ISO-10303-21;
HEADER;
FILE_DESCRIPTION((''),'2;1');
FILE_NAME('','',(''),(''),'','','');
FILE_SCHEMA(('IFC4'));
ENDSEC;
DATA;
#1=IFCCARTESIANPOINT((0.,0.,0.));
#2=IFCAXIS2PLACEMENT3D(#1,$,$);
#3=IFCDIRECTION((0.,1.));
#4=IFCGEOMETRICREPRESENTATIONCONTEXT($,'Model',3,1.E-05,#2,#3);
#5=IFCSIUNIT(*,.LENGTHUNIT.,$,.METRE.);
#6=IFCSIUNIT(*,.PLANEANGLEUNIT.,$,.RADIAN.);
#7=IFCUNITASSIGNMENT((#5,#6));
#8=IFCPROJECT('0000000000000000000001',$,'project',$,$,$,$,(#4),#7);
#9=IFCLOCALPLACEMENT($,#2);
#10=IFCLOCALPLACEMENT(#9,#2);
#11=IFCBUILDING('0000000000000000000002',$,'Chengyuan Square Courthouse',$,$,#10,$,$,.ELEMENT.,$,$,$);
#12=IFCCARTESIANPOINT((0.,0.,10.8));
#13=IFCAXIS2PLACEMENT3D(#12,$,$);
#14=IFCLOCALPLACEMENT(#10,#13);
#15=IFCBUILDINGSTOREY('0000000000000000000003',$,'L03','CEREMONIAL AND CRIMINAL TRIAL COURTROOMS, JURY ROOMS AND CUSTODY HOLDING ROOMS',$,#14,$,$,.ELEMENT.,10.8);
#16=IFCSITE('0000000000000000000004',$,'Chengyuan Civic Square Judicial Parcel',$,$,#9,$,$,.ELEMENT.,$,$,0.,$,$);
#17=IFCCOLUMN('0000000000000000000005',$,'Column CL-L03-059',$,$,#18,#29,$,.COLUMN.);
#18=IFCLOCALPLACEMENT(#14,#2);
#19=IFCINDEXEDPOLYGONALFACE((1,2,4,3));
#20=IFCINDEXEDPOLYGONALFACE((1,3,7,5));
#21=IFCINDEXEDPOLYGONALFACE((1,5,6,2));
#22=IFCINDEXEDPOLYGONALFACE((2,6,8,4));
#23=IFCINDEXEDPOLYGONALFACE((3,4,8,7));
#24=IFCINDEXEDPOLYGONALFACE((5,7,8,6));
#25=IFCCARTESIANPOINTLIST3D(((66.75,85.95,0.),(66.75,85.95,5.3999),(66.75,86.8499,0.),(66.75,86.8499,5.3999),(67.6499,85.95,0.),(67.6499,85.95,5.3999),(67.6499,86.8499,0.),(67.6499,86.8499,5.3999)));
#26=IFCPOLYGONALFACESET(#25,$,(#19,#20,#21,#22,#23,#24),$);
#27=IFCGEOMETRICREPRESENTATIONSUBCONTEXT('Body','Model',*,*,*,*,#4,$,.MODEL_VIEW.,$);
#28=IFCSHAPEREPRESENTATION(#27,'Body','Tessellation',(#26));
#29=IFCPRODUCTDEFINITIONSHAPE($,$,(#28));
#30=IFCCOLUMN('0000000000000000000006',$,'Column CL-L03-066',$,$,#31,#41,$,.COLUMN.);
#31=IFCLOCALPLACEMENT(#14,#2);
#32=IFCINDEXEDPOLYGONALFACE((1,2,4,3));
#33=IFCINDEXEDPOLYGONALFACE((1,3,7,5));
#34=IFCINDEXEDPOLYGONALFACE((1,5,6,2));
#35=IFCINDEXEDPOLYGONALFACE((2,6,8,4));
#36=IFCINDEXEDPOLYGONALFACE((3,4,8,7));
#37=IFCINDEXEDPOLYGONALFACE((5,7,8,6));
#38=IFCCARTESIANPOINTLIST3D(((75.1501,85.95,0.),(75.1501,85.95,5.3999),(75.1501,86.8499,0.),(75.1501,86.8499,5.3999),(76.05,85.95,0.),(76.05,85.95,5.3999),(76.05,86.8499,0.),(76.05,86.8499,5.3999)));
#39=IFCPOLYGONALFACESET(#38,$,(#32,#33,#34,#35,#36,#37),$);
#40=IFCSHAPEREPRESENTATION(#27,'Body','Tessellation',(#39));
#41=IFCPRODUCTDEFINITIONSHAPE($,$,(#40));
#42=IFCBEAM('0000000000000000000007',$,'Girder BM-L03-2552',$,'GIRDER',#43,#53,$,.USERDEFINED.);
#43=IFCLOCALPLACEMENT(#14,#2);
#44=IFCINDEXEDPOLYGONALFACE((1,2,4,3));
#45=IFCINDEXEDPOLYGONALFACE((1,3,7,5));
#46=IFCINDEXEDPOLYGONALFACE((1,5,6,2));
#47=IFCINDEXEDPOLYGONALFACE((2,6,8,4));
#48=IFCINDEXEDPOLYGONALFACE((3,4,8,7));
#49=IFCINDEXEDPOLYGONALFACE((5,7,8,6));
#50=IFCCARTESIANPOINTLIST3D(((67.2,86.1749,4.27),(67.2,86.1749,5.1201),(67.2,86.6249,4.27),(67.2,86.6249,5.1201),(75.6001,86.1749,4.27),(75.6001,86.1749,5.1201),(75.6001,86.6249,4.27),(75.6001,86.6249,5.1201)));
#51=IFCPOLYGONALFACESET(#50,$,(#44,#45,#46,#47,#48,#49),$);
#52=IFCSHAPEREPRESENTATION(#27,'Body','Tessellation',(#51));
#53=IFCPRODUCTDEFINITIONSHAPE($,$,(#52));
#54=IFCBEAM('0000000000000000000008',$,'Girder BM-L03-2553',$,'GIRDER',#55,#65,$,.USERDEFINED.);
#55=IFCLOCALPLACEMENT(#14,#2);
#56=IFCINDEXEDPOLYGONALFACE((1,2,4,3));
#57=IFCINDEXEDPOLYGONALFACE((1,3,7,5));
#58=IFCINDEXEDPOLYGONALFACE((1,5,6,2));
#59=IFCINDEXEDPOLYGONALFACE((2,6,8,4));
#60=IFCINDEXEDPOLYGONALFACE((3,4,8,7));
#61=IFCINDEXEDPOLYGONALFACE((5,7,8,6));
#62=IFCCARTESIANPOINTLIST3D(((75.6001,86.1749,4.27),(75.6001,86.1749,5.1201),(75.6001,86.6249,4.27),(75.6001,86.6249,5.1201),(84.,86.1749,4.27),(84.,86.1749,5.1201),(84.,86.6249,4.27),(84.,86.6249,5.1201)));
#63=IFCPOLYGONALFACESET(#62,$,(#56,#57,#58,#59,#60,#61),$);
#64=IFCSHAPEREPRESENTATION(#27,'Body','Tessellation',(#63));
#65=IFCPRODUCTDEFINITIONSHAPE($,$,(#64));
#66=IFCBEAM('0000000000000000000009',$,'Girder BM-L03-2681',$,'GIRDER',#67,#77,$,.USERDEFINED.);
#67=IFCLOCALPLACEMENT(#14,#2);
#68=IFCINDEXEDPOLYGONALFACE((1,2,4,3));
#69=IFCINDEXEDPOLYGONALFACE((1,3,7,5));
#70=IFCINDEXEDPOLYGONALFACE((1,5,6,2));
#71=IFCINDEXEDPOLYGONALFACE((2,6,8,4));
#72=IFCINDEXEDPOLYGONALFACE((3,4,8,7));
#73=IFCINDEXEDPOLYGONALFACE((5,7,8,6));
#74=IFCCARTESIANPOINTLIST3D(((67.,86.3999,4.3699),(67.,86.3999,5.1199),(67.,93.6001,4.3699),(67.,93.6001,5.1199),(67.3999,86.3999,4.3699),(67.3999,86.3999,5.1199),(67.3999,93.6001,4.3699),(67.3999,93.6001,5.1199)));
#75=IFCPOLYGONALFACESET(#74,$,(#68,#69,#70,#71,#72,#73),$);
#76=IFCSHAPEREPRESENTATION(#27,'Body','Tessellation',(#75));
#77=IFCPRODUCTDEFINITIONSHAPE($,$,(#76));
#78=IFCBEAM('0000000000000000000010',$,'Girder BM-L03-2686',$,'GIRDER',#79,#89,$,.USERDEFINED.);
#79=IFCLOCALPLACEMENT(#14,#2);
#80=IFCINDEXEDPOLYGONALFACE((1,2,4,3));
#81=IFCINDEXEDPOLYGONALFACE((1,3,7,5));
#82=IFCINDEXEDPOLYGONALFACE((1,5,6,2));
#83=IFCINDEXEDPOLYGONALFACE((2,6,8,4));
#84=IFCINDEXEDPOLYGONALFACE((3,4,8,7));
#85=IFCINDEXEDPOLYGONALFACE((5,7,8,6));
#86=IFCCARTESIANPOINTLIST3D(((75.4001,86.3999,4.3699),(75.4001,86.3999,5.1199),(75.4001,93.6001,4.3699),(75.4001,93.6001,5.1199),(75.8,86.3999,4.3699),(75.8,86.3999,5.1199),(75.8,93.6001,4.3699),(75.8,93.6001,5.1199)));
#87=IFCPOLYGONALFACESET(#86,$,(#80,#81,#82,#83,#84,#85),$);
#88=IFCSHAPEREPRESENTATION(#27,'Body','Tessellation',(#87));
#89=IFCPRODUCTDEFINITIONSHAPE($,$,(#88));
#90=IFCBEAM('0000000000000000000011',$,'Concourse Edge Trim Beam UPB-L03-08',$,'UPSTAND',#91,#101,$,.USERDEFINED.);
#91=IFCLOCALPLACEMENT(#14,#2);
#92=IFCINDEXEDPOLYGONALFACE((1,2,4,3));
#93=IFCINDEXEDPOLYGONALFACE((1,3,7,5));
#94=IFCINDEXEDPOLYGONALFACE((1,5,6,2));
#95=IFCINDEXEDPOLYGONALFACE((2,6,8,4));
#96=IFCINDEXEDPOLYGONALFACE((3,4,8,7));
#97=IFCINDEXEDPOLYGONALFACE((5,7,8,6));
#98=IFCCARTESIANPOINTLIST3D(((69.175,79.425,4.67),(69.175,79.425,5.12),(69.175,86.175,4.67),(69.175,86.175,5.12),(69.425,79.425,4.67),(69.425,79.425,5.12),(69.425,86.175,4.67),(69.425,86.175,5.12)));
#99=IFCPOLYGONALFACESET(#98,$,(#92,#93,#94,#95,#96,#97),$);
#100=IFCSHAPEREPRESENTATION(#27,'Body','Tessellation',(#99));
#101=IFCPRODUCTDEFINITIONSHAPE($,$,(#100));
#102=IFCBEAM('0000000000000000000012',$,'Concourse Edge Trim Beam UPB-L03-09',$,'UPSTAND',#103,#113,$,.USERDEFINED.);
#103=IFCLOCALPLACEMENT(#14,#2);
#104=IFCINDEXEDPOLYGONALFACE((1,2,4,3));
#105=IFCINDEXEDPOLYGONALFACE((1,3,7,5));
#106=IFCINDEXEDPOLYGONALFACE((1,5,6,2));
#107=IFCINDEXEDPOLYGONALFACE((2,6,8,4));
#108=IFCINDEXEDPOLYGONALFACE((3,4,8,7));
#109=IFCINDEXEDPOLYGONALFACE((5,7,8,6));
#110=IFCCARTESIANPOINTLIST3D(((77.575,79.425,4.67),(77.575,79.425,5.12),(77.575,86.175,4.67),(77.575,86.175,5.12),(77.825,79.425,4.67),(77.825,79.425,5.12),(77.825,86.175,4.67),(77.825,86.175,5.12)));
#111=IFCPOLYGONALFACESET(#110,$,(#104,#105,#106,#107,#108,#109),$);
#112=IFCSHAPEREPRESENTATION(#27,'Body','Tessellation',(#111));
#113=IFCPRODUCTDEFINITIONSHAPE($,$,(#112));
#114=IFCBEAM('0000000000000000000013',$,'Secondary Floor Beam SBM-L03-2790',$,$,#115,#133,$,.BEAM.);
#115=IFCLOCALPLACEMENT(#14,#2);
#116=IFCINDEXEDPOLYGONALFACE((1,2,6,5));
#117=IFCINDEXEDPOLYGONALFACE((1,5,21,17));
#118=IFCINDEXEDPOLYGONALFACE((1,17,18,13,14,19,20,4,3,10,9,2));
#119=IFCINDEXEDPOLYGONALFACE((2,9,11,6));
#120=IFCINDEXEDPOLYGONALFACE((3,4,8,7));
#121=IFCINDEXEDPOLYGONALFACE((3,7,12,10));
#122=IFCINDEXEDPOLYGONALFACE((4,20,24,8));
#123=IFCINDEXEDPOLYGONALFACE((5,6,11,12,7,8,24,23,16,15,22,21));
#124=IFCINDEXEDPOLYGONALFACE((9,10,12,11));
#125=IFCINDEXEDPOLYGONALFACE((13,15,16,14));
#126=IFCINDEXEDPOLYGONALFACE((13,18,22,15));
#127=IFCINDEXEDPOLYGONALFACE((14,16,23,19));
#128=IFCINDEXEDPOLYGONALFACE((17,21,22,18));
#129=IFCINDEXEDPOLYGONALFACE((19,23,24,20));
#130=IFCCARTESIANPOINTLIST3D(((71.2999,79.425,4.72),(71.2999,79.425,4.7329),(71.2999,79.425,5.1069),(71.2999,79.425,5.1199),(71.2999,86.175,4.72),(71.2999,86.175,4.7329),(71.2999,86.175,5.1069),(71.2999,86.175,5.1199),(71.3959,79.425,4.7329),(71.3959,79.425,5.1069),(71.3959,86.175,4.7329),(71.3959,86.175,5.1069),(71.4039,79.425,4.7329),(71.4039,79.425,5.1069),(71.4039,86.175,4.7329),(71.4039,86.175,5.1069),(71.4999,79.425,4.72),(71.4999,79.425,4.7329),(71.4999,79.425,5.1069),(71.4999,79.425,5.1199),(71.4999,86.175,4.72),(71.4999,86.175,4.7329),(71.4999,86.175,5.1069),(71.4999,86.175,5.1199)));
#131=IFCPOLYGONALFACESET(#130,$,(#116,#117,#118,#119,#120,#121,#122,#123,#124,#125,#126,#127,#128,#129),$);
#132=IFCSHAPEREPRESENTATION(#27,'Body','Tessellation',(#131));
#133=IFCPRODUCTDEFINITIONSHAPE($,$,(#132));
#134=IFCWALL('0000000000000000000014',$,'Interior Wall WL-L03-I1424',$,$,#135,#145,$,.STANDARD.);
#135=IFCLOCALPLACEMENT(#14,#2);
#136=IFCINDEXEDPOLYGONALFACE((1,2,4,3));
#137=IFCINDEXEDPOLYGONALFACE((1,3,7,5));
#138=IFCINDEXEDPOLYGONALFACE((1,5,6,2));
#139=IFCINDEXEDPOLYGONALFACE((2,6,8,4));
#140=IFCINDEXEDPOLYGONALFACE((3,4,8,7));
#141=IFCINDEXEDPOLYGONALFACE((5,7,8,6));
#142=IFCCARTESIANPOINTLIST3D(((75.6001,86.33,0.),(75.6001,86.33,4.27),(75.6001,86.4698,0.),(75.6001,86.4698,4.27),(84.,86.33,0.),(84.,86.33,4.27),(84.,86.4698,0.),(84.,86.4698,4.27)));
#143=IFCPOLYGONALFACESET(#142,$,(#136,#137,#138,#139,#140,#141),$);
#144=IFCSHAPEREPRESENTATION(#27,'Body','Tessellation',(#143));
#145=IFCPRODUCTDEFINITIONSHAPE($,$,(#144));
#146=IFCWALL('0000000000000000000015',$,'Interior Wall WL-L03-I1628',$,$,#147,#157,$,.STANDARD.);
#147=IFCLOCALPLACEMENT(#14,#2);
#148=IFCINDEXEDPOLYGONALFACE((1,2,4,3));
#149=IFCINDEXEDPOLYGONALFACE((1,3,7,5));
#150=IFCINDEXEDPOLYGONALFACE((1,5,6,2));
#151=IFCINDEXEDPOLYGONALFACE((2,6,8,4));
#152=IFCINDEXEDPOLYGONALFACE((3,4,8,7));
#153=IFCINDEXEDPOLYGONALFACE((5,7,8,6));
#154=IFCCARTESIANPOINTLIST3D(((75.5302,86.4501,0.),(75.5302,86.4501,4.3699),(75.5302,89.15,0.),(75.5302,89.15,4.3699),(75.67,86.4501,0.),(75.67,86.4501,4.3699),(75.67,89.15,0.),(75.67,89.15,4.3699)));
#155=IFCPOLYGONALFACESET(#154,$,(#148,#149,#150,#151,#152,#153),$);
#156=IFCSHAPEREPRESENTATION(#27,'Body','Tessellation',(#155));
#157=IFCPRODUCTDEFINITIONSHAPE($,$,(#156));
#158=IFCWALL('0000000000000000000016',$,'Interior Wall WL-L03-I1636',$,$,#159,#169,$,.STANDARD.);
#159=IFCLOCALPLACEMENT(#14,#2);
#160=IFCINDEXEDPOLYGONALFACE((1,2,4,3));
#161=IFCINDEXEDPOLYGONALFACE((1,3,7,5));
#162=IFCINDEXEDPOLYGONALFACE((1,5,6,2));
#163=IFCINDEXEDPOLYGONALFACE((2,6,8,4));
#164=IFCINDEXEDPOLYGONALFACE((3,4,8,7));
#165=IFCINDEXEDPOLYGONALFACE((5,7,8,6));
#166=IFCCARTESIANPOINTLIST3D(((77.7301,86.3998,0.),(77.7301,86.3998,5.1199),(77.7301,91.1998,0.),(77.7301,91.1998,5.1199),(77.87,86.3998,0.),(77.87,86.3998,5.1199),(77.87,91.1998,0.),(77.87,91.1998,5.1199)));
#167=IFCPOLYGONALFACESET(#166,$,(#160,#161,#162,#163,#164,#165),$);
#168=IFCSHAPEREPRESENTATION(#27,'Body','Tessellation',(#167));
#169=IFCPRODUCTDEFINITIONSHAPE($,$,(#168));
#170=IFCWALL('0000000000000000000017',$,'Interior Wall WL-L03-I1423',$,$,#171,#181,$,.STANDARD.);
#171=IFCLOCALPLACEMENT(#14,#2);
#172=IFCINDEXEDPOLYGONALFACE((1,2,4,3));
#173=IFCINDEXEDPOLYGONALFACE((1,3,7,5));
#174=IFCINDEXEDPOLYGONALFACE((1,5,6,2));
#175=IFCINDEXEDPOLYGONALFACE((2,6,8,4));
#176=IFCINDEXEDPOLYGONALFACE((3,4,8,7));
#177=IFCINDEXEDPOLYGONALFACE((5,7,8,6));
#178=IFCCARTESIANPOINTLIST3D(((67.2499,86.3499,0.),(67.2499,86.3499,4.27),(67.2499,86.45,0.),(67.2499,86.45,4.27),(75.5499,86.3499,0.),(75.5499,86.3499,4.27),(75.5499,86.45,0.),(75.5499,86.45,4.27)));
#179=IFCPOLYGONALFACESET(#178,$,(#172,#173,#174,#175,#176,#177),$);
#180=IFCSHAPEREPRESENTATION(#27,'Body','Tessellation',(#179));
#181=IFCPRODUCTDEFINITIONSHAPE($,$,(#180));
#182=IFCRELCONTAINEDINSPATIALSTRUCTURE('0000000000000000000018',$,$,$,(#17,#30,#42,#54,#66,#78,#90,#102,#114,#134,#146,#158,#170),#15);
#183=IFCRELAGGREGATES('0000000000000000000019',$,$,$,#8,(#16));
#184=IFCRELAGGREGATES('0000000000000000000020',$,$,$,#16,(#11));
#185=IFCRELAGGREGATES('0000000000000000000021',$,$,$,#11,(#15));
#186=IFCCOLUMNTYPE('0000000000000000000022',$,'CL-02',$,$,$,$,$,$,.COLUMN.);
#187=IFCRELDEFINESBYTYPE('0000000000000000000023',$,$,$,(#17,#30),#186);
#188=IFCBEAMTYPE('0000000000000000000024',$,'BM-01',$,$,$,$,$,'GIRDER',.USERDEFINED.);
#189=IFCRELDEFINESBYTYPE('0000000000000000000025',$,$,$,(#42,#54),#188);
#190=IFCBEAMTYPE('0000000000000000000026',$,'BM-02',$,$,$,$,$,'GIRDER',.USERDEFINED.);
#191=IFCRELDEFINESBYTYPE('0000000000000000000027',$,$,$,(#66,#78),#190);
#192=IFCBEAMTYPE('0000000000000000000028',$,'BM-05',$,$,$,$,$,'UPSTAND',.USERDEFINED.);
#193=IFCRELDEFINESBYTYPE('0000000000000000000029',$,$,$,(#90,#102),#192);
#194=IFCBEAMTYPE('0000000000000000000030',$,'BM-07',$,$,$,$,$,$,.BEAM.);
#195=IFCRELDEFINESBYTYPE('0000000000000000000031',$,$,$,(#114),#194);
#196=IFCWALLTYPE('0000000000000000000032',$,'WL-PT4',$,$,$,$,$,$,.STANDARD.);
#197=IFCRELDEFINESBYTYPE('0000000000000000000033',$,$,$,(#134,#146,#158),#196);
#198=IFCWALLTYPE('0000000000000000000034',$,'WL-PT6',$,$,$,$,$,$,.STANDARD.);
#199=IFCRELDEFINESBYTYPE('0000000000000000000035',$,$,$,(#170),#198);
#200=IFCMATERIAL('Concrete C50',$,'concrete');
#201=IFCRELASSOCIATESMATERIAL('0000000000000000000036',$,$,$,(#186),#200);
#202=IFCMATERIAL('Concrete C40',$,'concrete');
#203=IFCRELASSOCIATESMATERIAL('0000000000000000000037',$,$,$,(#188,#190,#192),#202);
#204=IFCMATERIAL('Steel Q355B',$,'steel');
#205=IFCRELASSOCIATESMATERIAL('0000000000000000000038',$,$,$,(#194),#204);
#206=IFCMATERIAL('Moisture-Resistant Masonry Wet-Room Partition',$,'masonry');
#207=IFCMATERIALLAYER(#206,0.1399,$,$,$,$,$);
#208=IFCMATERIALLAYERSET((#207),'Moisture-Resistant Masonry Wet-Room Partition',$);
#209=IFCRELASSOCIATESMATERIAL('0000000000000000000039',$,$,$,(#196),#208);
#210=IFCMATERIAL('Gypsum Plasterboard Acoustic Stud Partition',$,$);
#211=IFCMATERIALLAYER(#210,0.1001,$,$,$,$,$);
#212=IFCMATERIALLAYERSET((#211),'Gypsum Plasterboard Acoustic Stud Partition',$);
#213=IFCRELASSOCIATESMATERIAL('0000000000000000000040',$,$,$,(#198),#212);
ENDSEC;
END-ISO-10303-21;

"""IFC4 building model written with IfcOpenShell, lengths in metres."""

from ifc_helpers import new_model, si_unit, direction, frame, frame_2d, origin, origin_2d, place, context, subcontext, project, spatial, rectangle, i_section, extrude, material, layer, layer_set, material_profile, profile_set, type_object, element, save


model = new_model("IFC4")

# Units and contexts
model_context = context("Model", 3, precision=1e-05, world=origin(), true_north=direction((0.0, 1.0)))
body_context = subcontext(model_context, "Body", "Model", "MODEL_VIEW")
ifc_project = project(units=[si_unit("LENGTHUNIT", "METRE"), si_unit("PLANEANGLEUNIT", "RADIAN")], contexts=[model_context])

# Site, building, storey
site_placement = place(None, origin())
site = spatial("IfcSite", under=ifc_project, at=site_placement, Name="Chengyuan Civic Square Judicial Parcel", CompositionType="ELEMENT", RefElevation=0.0)
building_placement = place(site_placement, origin())
building = spatial("IfcBuilding", under=site, at=building_placement, Name="Chengyuan Square Courthouse", CompositionType="ELEMENT")
storey_placement = place(building_placement, frame((0.0, 0.0, 10.8)))
storey = spatial("IfcBuildingStorey", under=building, at=storey_placement, Name="L03", Description="CEREMONIAL AND CRIMINAL TRIAL COURTROOMS, JURY ROOMS AND CUSTODY HOLDING ROOMS", CompositionType="ELEMENT", Elevation=10.8)

# Columns
ifc_material_1 = material(Name="Concrete C50", Category="concrete")
ifc_material_profile_1 = material_profile(ifc_material_1, rectangle(XDim=0.8999, YDim=0.8999, at=origin_2d()), Name="RC-COL-900x900")
ifc_profile_set_1 = profile_set([ifc_material_profile_1], Name="Concrete C50")
column_type = type_object("IfcColumnType", Name="CL-02", PredefinedType="COLUMN", material=ifc_profile_set_1)
for number, where, z_axis, x_axis, name in (
    (1, (67.2, 86.3999, 0.0), (0.0, 0.0, 1.0), (1.0, 0.0, 0.0), "Column CL-L03-059"),
    (2, (75.6001, 86.3999, 0.0), (0.0, 0.0, 1.0), (1.0, 0.0, 0.0), "Column CL-L03-066"),
):
    element("IfcColumn", number, at=place(storey_placement, frame(where, z_axis=z_axis, x_axis=x_axis)), inside=storey, type_object=column_type, Name=name, PredefinedType="COLUMN", context=body_context, shape_type="SweptSolid", body=[
        extrude(rectangle(XDim=0.8999, YDim=0.8999, at=origin_2d()), origin(), (0.0, 0.0, 1.0), 5.3999),
    ])

# Beams
ifc_material_2 = material(Name="Concrete C40", Category="concrete")
ifc_material_profile_2 = material_profile(ifc_material_2, rectangle(XDim=0.45, YDim=0.8501, at=origin_2d()), Name="RC-BM-450x850")
ifc_profile_set_2 = profile_set([ifc_material_profile_2], Name="Concrete C40")
beam_type_1 = type_object("IfcBeamType", Name="BM-01", ElementType="GIRDER", PredefinedType="USERDEFINED", material=ifc_profile_set_2)
beam_1_placement = place(storey_placement, frame((67.2, 86.3999, 4.6951), z_axis=(1.0, 0.0, 0.0), x_axis=(0.0, 1.0, 0.0)))
element("IfcBeam", 3, at=beam_1_placement, inside=storey, type_object=beam_type_1, Name="Girder BM-L03-2552", ObjectType="GIRDER", PredefinedType="USERDEFINED", context=body_context, shape_type="SweptSolid", body=[
    extrude(rectangle(XDim=0.45, YDim=0.8501, at=origin_2d()), origin(), (0.0, 0.0, 1.0), 8.4001),
])
beam_2_placement = place(storey_placement, frame((75.6001, 86.3999, 4.6951), z_axis=(1.0, 0.0, 0.0), x_axis=(0.0, 1.0, 0.0)))
element("IfcBeam", 4, at=beam_2_placement, inside=storey, type_object=beam_type_1, Name="Girder BM-L03-2553", ObjectType="GIRDER", PredefinedType="USERDEFINED", context=body_context, shape_type="SweptSolid", body=[
    extrude(rectangle(XDim=0.45, YDim=0.8501, at=origin_2d()), origin(), (0.0, 0.0, 1.0), 8.3999),
])
ifc_material_profile_3 = material_profile(ifc_material_2, rectangle(XDim=0.3999, YDim=0.75, at=origin_2d()), Name="RC-BM-400x750")
ifc_profile_set_3 = profile_set([ifc_material_profile_3], Name="Concrete C40")
beam_type_2 = type_object("IfcBeamType", Name="BM-02", ElementType="GIRDER", PredefinedType="USERDEFINED", material=ifc_profile_set_3)
for number, where, z_axis, x_axis, name in (
    (5, (67.2, 86.3999, 4.7449), (0.0, 1.0, 0.0), (-1.0, 0.0, 0.0), "Girder BM-L03-2681"),
    (6, (75.6001, 86.3999, 4.7449), (0.0, 1.0, 0.0), (-1.0, 0.0, 0.0), "Girder BM-L03-2686"),
):
    element("IfcBeam", number, at=place(storey_placement, frame(where, z_axis=z_axis, x_axis=x_axis)), inside=storey, type_object=beam_type_2, Name=name, ObjectType="GIRDER", PredefinedType="USERDEFINED", context=body_context, shape_type="SweptSolid", body=[
        extrude(rectangle(XDim=0.3999, YDim=0.75, at=origin_2d()), origin(), (0.0, 0.0, 1.0), 7.2002),
    ])
ifc_material_profile_4 = material_profile(ifc_material_2, rectangle(XDim=0.25, YDim=0.45, at=origin_2d()), Name="RC-UP-250x450")
ifc_profile_set_4 = profile_set([ifc_material_profile_4], Name="Concrete C40")
beam_type_3 = type_object("IfcBeamType", Name="BM-05", ElementType="UPSTAND", PredefinedType="USERDEFINED", material=ifc_profile_set_4)
for number, where, z_axis, x_axis, name in (
    (7, (69.3, 79.425, 4.895), (0.0, 1.0, 0.0), (-1.0, 0.0, 0.0), "Concourse Edge Trim Beam UPB-L03-08"),
    (8, (77.7, 79.425, 4.895), (0.0, 1.0, 0.0), (-1.0, 0.0, 0.0), "Concourse Edge Trim Beam UPB-L03-09"),
):
    element("IfcBeam", number, at=place(storey_placement, frame(where, z_axis=z_axis, x_axis=x_axis)), inside=storey, type_object=beam_type_3, Name=name, ObjectType="UPSTAND", PredefinedType="USERDEFINED", context=body_context, shape_type="SweptSolid", body=[
        extrude(rectangle(XDim=0.25, YDim=0.45, at=origin_2d()), origin(), (0.0, 0.0, 1.0), 6.75),
    ])
ifc_material_3 = material(Name="Steel Q355B", Category="steel")
ifc_material_profile_5 = material_profile(ifc_material_3, i_section(OverallWidth=0.2, OverallDepth=0.3999, WebThickness=0.0081, FlangeThickness=0.0129, at=origin_2d()), Name="HN 400x200x8x13")
ifc_profile_set_5 = profile_set([ifc_material_profile_5], Name="Steel Q355B")
beam_type_4 = type_object("IfcBeamType", Name="BM-07", PredefinedType="BEAM", material=ifc_profile_set_5)
beam_3_placement = place(storey_placement, frame((71.3999, 79.425, 4.9199), z_axis=(0.0, 1.0, 0.0), x_axis=(-1.0, 0.0, 0.0)))
element("IfcBeam", 9, at=beam_3_placement, inside=storey, type_object=beam_type_4, Name="Secondary Floor Beam SBM-L03-2790", PredefinedType="BEAM", context=body_context, shape_type="SweptSolid", body=[
    extrude(i_section(OverallWidth=0.2, OverallDepth=0.3999, WebThickness=0.0081, FlangeThickness=0.0129, at=origin_2d()), origin(), (0.0, 0.0, 1.0), 6.75),
])

# Walls
ifc_material_4 = material(Name="Moisture-Resistant Masonry Wet-Room Partition", Category="masonry")
ifc_layer_1 = layer(ifc_material_4, 0.1399)
ifc_layer_set_1 = layer_set([ifc_layer_1], Name="Moisture-Resistant Masonry Wet-Room Partition")
wall_type_1 = type_object("IfcWallType", Name="WL-PT4", PredefinedType="STANDARD", material=ifc_layer_set_1)
wall_1_placement = place(storey_placement, frame((75.6001, 86.3999, 0.0), z_axis=(0.0, 0.0, 1.0), x_axis=(1.0, 0.0, 0.0)))
element("IfcWall", 10, at=wall_1_placement, inside=storey, type_object=wall_type_1, Name="Interior Wall WL-L03-I1424", PredefinedType="STANDARD", context=body_context, shape_type="SweptSolid", body=[
    extrude(rectangle(XDim=8.3999, YDim=0.1399, at=frame_2d((4.2, 0.0))), origin(), (0.0, 0.0, 1.0), 4.27),
])
wall_2_placement = place(storey_placement, frame((75.6001, 86.45, 0.0), z_axis=(0.0, 0.0, 1.0), x_axis=(0.0, 1.0, 0.0)))
element("IfcWall", 11, at=wall_2_placement, inside=storey, type_object=wall_type_1, Name="Interior Wall WL-L03-I1628", PredefinedType="STANDARD", context=body_context, shape_type="SweptSolid", body=[
    extrude(rectangle(XDim=2.7, YDim=0.1399, at=frame_2d((1.3501, 0.0))), origin(), (0.0, 0.0, 1.0), 4.3699),
])
wall_3_placement = place(storey_placement, frame((77.8, 86.3999, 0.0), z_axis=(0.0, 0.0, 1.0), x_axis=(0.0, 1.0, 0.0)))
element("IfcWall", 12, at=wall_3_placement, inside=storey, type_object=wall_type_1, Name="Interior Wall WL-L03-I1636", PredefinedType="STANDARD", context=body_context, shape_type="SweptSolid", body=[
    extrude(rectangle(XDim=4.8, YDim=0.1399, at=frame_2d((2.3999, 0.0))), origin(), (0.0, 0.0, 1.0), 5.1199),
])
ifc_material_5 = material(Name="Gypsum Plasterboard Acoustic Stud Partition")
ifc_layer_2 = layer(ifc_material_5, 0.1001)
ifc_layer_set_2 = layer_set([ifc_layer_2], Name="Gypsum Plasterboard Acoustic Stud Partition")
wall_type_2 = type_object("IfcWallType", Name="WL-PT6", PredefinedType="STANDARD", material=ifc_layer_set_2)
wall_4_placement = place(storey_placement, frame((67.25, 86.3999, 0.0), z_axis=(0.0, 0.0, 1.0), x_axis=(1.0, 0.0, 0.0)))
element("IfcWall", 13, at=wall_4_placement, inside=storey, type_object=wall_type_2, Name="Interior Wall WL-L03-I1423", PredefinedType="STANDARD", context=body_context, shape_type="SweptSolid", body=[
    extrude(rectangle(XDim=8.3, YDim=0.1001, at=frame_2d((4.1499, 0.0))), origin(), (0.0, 0.0, 1.0), 4.27),
])

save(model, "model.ifc")
